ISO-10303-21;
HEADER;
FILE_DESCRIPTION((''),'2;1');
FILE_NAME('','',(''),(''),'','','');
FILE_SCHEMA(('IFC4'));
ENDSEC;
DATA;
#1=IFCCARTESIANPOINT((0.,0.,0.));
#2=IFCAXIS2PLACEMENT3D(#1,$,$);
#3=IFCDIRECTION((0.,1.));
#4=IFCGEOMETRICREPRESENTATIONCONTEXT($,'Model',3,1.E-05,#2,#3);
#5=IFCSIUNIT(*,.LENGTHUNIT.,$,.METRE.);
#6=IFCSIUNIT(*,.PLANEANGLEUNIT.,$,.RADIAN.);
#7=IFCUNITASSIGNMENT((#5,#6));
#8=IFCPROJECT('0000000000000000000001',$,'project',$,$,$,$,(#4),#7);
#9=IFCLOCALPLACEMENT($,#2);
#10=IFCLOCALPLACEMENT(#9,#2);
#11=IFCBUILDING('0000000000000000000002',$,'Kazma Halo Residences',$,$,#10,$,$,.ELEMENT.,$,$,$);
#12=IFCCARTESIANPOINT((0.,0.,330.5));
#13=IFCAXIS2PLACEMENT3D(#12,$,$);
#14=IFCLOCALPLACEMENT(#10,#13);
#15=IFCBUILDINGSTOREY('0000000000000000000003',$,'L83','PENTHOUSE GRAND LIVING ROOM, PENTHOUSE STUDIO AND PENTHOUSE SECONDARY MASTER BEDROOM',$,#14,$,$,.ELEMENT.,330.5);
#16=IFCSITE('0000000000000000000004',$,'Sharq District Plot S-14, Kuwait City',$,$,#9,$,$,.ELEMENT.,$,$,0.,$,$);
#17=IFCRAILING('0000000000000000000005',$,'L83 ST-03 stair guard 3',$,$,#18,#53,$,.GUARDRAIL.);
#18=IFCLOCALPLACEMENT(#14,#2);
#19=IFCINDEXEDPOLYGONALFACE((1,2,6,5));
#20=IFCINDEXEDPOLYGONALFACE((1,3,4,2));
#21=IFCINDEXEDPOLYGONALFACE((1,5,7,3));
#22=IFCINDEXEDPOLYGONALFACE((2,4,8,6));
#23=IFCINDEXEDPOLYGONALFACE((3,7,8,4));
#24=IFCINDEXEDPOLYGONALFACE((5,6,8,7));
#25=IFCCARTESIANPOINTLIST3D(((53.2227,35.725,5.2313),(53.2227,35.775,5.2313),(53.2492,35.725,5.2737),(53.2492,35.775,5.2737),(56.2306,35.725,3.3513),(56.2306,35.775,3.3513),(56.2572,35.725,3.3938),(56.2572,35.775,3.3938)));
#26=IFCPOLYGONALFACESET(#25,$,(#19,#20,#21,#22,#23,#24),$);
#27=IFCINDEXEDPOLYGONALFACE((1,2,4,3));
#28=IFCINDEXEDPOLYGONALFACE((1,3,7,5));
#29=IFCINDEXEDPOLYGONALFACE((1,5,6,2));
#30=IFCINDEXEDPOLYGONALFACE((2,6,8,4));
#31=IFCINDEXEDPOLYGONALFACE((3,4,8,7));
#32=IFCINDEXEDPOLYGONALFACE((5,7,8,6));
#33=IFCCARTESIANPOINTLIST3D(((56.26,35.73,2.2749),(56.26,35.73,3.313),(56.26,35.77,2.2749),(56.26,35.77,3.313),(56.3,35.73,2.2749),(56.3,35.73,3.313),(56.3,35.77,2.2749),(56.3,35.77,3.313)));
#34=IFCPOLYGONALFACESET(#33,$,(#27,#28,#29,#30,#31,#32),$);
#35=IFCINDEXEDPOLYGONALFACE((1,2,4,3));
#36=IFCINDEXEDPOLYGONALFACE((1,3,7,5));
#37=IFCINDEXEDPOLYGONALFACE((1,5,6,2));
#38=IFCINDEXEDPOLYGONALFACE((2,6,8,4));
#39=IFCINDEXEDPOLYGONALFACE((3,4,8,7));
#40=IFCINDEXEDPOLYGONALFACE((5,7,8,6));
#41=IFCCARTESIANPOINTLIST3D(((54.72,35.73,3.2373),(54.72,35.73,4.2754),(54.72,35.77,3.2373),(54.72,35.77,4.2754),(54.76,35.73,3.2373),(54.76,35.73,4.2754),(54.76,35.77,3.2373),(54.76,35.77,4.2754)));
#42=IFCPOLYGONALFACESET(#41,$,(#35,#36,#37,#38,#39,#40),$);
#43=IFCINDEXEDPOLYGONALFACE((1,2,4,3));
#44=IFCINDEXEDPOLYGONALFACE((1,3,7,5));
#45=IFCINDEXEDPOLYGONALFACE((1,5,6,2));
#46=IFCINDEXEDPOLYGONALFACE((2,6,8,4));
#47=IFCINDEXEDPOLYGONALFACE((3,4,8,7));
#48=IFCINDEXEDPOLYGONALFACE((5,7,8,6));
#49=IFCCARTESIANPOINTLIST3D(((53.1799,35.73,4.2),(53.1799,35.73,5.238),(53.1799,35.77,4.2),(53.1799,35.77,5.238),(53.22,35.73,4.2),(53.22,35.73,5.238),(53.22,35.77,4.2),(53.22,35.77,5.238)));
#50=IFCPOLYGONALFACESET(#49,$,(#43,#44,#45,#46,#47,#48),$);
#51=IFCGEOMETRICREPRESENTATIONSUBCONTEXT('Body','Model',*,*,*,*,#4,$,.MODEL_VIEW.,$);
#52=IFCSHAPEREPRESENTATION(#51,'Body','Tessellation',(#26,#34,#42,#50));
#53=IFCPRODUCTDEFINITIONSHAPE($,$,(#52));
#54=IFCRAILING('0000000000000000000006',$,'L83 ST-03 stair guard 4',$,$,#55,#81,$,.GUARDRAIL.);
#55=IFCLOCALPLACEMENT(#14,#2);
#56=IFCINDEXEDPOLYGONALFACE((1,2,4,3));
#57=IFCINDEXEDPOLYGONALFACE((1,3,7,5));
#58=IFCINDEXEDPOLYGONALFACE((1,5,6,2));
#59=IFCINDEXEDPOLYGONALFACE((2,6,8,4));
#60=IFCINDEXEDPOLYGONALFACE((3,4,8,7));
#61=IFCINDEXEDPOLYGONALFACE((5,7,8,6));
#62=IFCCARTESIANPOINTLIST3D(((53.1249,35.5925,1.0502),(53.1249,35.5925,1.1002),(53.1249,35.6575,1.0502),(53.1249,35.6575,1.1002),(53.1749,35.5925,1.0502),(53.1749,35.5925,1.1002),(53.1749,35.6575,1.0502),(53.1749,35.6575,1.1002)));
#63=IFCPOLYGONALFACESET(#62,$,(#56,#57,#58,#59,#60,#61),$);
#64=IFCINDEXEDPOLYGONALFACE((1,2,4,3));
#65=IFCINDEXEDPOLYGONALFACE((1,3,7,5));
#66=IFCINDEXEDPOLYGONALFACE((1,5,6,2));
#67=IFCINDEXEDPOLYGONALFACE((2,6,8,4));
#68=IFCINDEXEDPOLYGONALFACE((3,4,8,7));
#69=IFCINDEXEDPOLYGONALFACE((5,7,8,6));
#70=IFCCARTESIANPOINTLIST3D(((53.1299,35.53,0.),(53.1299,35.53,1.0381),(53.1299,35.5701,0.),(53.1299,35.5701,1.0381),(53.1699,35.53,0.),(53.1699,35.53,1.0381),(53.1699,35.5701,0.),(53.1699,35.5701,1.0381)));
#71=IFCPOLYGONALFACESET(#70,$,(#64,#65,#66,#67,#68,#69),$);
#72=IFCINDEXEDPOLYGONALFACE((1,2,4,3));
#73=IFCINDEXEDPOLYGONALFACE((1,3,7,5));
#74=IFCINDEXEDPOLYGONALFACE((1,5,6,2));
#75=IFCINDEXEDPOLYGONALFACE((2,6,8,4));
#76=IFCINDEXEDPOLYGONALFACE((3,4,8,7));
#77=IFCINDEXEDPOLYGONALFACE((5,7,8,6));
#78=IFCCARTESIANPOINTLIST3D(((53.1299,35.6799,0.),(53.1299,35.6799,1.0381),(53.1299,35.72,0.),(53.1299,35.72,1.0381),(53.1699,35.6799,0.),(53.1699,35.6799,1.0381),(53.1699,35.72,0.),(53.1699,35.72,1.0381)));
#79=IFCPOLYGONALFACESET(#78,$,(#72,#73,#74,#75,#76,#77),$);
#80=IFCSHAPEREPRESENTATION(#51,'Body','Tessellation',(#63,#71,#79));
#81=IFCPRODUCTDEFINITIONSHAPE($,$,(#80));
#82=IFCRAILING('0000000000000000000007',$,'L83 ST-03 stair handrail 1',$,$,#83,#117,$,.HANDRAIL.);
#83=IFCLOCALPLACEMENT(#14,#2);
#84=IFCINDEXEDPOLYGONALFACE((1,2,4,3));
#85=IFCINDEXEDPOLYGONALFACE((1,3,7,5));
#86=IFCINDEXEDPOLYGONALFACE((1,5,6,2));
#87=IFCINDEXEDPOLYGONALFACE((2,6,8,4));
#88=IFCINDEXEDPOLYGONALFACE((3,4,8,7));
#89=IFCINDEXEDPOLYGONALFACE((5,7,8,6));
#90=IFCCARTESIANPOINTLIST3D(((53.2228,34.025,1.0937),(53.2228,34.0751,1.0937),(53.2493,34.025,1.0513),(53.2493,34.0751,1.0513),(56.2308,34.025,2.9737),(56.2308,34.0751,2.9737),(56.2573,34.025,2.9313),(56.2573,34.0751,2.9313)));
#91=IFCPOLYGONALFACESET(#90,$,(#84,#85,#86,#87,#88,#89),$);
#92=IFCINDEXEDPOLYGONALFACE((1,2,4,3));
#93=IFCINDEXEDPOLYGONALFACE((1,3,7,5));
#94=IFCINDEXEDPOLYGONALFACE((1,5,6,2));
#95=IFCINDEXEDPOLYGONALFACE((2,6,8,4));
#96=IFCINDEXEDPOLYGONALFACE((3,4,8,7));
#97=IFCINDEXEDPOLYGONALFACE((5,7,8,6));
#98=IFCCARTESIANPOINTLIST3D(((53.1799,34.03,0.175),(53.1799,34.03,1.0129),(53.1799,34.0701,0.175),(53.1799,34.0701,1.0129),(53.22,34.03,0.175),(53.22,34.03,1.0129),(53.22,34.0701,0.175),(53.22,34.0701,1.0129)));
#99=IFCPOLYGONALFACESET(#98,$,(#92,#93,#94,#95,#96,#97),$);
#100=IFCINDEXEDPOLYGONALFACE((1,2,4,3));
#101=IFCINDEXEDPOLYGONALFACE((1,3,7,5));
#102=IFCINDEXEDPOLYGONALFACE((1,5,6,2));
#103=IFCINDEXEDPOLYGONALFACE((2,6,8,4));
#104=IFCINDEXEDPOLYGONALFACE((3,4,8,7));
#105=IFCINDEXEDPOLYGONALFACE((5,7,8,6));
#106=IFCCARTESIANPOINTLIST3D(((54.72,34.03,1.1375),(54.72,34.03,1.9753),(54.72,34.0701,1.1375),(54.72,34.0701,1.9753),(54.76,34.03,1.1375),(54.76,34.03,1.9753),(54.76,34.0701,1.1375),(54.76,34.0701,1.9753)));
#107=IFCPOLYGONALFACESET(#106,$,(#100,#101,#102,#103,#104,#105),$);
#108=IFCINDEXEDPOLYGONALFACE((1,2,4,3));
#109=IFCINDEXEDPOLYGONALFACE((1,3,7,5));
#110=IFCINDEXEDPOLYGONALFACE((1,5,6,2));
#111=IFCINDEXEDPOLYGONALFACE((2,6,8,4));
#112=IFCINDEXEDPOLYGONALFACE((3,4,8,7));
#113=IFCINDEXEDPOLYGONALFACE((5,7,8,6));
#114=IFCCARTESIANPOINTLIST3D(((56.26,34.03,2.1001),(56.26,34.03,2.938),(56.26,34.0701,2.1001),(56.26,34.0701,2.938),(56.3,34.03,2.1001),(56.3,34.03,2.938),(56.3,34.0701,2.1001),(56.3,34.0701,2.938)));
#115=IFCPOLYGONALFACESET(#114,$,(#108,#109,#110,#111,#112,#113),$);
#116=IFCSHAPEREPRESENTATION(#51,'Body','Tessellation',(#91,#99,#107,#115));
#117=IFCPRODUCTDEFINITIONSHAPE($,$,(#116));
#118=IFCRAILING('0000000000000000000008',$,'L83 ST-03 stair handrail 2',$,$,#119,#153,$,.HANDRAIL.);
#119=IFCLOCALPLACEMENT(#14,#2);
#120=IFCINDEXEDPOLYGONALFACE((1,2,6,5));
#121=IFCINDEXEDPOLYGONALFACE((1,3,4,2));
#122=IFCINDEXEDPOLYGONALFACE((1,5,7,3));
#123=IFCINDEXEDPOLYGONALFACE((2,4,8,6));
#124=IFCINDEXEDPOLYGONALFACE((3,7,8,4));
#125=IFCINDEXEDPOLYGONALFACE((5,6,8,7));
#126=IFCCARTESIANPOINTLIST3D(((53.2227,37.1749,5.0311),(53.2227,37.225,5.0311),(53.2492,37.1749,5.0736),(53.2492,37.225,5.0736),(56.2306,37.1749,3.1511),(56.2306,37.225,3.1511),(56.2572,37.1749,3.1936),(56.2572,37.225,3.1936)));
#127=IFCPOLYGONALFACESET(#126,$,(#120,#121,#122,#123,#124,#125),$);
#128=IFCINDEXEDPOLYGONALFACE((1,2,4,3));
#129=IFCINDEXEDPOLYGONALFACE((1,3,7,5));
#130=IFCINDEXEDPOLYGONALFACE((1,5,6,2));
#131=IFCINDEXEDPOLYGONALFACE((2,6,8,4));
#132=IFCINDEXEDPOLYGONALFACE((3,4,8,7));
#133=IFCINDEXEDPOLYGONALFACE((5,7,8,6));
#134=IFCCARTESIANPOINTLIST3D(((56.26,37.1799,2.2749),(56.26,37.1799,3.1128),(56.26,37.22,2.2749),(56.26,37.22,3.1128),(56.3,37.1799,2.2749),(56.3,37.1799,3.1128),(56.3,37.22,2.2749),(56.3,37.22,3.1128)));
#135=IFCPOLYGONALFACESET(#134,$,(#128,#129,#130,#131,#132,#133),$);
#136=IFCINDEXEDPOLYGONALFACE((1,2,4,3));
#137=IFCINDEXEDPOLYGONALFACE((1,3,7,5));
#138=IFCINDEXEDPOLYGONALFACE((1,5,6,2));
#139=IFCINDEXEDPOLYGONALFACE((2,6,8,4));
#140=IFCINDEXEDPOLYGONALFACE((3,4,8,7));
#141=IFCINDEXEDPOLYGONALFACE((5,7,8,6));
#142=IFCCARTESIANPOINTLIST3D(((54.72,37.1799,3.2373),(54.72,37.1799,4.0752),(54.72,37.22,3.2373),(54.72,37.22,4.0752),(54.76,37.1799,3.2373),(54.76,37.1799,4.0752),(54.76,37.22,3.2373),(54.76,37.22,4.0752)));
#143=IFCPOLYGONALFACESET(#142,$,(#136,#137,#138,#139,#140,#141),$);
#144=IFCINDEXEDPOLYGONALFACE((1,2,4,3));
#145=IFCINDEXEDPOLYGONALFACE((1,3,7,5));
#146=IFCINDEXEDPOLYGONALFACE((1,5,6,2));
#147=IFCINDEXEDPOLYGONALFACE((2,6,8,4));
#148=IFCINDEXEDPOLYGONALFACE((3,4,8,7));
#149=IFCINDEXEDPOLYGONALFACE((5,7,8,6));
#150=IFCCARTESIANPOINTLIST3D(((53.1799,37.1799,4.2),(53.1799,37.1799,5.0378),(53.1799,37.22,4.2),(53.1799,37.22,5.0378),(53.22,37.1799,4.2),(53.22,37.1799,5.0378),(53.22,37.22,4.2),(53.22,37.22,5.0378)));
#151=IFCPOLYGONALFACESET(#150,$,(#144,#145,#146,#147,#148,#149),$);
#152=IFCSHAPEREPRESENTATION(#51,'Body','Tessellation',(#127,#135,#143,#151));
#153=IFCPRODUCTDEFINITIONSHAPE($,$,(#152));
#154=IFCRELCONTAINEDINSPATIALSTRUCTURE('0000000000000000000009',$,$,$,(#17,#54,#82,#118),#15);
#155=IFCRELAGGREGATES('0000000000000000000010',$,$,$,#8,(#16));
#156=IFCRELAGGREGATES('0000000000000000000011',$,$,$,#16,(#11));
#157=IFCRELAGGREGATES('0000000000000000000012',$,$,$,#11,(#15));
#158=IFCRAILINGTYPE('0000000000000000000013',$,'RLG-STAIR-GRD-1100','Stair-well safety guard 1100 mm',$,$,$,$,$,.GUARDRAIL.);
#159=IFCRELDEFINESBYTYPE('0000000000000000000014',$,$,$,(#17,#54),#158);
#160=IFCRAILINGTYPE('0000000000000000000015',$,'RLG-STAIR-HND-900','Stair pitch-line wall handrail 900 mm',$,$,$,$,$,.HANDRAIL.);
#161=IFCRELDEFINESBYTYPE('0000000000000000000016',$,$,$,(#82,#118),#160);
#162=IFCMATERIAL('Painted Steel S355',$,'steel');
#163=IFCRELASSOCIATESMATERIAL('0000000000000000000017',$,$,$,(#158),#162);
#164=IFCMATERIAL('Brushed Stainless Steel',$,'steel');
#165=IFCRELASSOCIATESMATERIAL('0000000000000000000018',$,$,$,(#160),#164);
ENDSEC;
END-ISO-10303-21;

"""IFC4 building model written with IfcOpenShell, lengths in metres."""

from ifc_helpers import new_model, si_unit, direction, frame, origin, origin_2d, place, context, subcontext, project, spatial, rectangle, extrude, material, type_object, element, save


model = new_model("IFC4")

# Units and contexts
model_context = context("Model", 3, precision=1e-05, world=origin(), true_north=direction((0.0, 1.0)))
body_context = subcontext(model_context, "Body", "Model", "MODEL_VIEW")
ifc_project = project(units=[si_unit("LENGTHUNIT", "METRE"), si_unit("PLANEANGLEUNIT", "RADIAN")], contexts=[model_context])

# Site, building, storey
site_placement = place(None, origin())
site = spatial("IfcSite", under=ifc_project, at=site_placement, Name="Sharq District Plot S-14, Kuwait City", CompositionType="ELEMENT", RefElevation=0.0)
building_placement = place(site_placement, origin())
building = spatial("IfcBuilding", under=site, at=building_placement, Name="Kazma Halo Residences", CompositionType="ELEMENT")
storey_placement = place(building_placement, frame((0.0, 0.0, 330.5)))
storey = spatial("IfcBuildingStorey", under=building, at=storey_placement, Name="L83", Description="PENTHOUSE GRAND LIVING ROOM, PENTHOUSE STUDIO AND PENTHOUSE SECONDARY MASTER BEDROOM", CompositionType="ELEMENT", Elevation=330.5)

# Railings
ifc_material_1 = material(Name="Painted Steel S355", Category="steel")
railing_type_1 = type_object("IfcRailingType", Name="RLG-STAIR-GRD-1100", Description="Stair-well safety guard 1100 mm", PredefinedType="GUARDRAIL", material=ifc_material_1)
railing_1_placement = place(storey_placement, frame((56.28, 35.75, 2.2749)))
element("IfcRailing", 1, at=railing_1_placement, inside=storey, type_object=railing_type_1, Name="L83 ST-03 stair guard 3", PredefinedType="GUARDRAIL", context=body_context, shape_type="SweptSolid", body=[
    extrude(rectangle(XDim=0.05, YDim=0.05, at=origin_2d()), frame((-0.0361, 0.0, 1.0977), z_axis=(-0.847998, 0.0, 0.529999), x_axis=(0.0, -1.0, 0.0)), (0.0, 0.0, 1.0), 3.5471),
    extrude(rectangle(XDim=0.04, YDim=0.04, at=origin_2d()), origin(), (0.0, 0.0, 1.0), 1.0381),
    extrude(rectangle(XDim=0.04, YDim=0.04, at=origin_2d()), frame((-1.54, 0.0, 0.9624)), (0.0, 0.0, 1.0), 1.0381),
    extrude(rectangle(XDim=0.04, YDim=0.04, at=origin_2d()), frame((-3.0801, 0.0, 1.925)), (0.0, 0.0, 1.0), 1.0381),
])
railing_2_placement = place(storey_placement, frame((53.1499, 35.55, 0.0)))
element("IfcRailing", 2, at=railing_2_placement, inside=storey, type_object=railing_type_1, Name="L83 ST-03 stair guard 4", PredefinedType="GUARDRAIL", context=body_context, shape_type="SweptSolid", body=[
    extrude(rectangle(XDim=0.05, YDim=0.05, at=origin_2d()), frame((0.0, 0.0425, 1.0752), z_axis=(0.0, 1.0, 0.0), x_axis=(-1.0, 0.0, 0.0)), (0.0, 0.0, 1.0), 0.0649),
    extrude(rectangle(XDim=0.04, YDim=0.04, at=origin_2d()), origin(), (0.0, 0.0, 1.0), 1.0381),
    extrude(rectangle(XDim=0.04, YDim=0.04, at=origin_2d()), frame((0.0, 0.1499, 0.0)), (0.0, 0.0, 1.0), 1.0381),
])
ifc_material_2 = material(Name="Brushed Stainless Steel", Category="steel")
railing_type_2 = type_object("IfcRailingType", Name="RLG-STAIR-HND-900", Description="Stair pitch-line wall handrail 900 mm", PredefinedType="HANDRAIL", material=ifc_material_2)
railing_3_placement = place(storey_placement, frame((53.2, 34.05, 0.175)))
element("IfcRailing", 3, at=railing_3_placement, inside=storey, type_object=railing_type_2, Name="L83 ST-03 stair handrail 1", PredefinedType="HANDRAIL", context=body_context, shape_type="SweptSolid", body=[
    extrude(rectangle(XDim=0.05, YDim=0.05, at=origin_2d()), frame((0.0361, 0.0, 0.8975), z_axis=(0.847998, 0.0, 0.529999), x_axis=(0.0, 1.0, 0.0)), (0.0, 0.0, 1.0), 3.5471),
    extrude(rectangle(XDim=0.04, YDim=0.04, at=origin_2d()), origin(), (0.0, 0.0, 1.0), 0.8379),
    extrude(rectangle(XDim=0.04, YDim=0.04, at=origin_2d()), frame((1.54, 0.0, 0.9624)), (0.0, 0.0, 1.0), 0.8379),
    extrude(rectangle(XDim=0.04, YDim=0.04, at=origin_2d()), frame((3.0801, 0.0, 1.925)), (0.0, 0.0, 1.0), 0.8379),
])
railing_4_placement = place(storey_placement, frame((56.28, 37.2, 2.2749)))
element("IfcRailing", 4, at=railing_4_placement, inside=storey, type_object=railing_type_2, Name="L83 ST-03 stair handrail 2", PredefinedType="HANDRAIL", context=body_context, shape_type="SweptSolid", body=[
    extrude(rectangle(XDim=0.05, YDim=0.05, at=origin_2d()), frame((-0.0361, 0.0, 0.8975), z_axis=(-0.847998, 0.0, 0.529999), x_axis=(0.0, -1.0, 0.0)), (0.0, 0.0, 1.0), 3.5471),
    extrude(rectangle(XDim=0.04, YDim=0.04, at=origin_2d()), origin(), (0.0, 0.0, 1.0), 0.8379),
    extrude(rectangle(XDim=0.04, YDim=0.04, at=origin_2d()), frame((-1.54, 0.0, 0.9624)), (0.0, 0.0, 1.0), 0.8379),
    extrude(rectangle(XDim=0.04, YDim=0.04, at=origin_2d()), frame((-3.0801, 0.0, 1.925)), (0.0, 0.0, 1.0), 0.8379),
])

save(model, "model.ifc")
